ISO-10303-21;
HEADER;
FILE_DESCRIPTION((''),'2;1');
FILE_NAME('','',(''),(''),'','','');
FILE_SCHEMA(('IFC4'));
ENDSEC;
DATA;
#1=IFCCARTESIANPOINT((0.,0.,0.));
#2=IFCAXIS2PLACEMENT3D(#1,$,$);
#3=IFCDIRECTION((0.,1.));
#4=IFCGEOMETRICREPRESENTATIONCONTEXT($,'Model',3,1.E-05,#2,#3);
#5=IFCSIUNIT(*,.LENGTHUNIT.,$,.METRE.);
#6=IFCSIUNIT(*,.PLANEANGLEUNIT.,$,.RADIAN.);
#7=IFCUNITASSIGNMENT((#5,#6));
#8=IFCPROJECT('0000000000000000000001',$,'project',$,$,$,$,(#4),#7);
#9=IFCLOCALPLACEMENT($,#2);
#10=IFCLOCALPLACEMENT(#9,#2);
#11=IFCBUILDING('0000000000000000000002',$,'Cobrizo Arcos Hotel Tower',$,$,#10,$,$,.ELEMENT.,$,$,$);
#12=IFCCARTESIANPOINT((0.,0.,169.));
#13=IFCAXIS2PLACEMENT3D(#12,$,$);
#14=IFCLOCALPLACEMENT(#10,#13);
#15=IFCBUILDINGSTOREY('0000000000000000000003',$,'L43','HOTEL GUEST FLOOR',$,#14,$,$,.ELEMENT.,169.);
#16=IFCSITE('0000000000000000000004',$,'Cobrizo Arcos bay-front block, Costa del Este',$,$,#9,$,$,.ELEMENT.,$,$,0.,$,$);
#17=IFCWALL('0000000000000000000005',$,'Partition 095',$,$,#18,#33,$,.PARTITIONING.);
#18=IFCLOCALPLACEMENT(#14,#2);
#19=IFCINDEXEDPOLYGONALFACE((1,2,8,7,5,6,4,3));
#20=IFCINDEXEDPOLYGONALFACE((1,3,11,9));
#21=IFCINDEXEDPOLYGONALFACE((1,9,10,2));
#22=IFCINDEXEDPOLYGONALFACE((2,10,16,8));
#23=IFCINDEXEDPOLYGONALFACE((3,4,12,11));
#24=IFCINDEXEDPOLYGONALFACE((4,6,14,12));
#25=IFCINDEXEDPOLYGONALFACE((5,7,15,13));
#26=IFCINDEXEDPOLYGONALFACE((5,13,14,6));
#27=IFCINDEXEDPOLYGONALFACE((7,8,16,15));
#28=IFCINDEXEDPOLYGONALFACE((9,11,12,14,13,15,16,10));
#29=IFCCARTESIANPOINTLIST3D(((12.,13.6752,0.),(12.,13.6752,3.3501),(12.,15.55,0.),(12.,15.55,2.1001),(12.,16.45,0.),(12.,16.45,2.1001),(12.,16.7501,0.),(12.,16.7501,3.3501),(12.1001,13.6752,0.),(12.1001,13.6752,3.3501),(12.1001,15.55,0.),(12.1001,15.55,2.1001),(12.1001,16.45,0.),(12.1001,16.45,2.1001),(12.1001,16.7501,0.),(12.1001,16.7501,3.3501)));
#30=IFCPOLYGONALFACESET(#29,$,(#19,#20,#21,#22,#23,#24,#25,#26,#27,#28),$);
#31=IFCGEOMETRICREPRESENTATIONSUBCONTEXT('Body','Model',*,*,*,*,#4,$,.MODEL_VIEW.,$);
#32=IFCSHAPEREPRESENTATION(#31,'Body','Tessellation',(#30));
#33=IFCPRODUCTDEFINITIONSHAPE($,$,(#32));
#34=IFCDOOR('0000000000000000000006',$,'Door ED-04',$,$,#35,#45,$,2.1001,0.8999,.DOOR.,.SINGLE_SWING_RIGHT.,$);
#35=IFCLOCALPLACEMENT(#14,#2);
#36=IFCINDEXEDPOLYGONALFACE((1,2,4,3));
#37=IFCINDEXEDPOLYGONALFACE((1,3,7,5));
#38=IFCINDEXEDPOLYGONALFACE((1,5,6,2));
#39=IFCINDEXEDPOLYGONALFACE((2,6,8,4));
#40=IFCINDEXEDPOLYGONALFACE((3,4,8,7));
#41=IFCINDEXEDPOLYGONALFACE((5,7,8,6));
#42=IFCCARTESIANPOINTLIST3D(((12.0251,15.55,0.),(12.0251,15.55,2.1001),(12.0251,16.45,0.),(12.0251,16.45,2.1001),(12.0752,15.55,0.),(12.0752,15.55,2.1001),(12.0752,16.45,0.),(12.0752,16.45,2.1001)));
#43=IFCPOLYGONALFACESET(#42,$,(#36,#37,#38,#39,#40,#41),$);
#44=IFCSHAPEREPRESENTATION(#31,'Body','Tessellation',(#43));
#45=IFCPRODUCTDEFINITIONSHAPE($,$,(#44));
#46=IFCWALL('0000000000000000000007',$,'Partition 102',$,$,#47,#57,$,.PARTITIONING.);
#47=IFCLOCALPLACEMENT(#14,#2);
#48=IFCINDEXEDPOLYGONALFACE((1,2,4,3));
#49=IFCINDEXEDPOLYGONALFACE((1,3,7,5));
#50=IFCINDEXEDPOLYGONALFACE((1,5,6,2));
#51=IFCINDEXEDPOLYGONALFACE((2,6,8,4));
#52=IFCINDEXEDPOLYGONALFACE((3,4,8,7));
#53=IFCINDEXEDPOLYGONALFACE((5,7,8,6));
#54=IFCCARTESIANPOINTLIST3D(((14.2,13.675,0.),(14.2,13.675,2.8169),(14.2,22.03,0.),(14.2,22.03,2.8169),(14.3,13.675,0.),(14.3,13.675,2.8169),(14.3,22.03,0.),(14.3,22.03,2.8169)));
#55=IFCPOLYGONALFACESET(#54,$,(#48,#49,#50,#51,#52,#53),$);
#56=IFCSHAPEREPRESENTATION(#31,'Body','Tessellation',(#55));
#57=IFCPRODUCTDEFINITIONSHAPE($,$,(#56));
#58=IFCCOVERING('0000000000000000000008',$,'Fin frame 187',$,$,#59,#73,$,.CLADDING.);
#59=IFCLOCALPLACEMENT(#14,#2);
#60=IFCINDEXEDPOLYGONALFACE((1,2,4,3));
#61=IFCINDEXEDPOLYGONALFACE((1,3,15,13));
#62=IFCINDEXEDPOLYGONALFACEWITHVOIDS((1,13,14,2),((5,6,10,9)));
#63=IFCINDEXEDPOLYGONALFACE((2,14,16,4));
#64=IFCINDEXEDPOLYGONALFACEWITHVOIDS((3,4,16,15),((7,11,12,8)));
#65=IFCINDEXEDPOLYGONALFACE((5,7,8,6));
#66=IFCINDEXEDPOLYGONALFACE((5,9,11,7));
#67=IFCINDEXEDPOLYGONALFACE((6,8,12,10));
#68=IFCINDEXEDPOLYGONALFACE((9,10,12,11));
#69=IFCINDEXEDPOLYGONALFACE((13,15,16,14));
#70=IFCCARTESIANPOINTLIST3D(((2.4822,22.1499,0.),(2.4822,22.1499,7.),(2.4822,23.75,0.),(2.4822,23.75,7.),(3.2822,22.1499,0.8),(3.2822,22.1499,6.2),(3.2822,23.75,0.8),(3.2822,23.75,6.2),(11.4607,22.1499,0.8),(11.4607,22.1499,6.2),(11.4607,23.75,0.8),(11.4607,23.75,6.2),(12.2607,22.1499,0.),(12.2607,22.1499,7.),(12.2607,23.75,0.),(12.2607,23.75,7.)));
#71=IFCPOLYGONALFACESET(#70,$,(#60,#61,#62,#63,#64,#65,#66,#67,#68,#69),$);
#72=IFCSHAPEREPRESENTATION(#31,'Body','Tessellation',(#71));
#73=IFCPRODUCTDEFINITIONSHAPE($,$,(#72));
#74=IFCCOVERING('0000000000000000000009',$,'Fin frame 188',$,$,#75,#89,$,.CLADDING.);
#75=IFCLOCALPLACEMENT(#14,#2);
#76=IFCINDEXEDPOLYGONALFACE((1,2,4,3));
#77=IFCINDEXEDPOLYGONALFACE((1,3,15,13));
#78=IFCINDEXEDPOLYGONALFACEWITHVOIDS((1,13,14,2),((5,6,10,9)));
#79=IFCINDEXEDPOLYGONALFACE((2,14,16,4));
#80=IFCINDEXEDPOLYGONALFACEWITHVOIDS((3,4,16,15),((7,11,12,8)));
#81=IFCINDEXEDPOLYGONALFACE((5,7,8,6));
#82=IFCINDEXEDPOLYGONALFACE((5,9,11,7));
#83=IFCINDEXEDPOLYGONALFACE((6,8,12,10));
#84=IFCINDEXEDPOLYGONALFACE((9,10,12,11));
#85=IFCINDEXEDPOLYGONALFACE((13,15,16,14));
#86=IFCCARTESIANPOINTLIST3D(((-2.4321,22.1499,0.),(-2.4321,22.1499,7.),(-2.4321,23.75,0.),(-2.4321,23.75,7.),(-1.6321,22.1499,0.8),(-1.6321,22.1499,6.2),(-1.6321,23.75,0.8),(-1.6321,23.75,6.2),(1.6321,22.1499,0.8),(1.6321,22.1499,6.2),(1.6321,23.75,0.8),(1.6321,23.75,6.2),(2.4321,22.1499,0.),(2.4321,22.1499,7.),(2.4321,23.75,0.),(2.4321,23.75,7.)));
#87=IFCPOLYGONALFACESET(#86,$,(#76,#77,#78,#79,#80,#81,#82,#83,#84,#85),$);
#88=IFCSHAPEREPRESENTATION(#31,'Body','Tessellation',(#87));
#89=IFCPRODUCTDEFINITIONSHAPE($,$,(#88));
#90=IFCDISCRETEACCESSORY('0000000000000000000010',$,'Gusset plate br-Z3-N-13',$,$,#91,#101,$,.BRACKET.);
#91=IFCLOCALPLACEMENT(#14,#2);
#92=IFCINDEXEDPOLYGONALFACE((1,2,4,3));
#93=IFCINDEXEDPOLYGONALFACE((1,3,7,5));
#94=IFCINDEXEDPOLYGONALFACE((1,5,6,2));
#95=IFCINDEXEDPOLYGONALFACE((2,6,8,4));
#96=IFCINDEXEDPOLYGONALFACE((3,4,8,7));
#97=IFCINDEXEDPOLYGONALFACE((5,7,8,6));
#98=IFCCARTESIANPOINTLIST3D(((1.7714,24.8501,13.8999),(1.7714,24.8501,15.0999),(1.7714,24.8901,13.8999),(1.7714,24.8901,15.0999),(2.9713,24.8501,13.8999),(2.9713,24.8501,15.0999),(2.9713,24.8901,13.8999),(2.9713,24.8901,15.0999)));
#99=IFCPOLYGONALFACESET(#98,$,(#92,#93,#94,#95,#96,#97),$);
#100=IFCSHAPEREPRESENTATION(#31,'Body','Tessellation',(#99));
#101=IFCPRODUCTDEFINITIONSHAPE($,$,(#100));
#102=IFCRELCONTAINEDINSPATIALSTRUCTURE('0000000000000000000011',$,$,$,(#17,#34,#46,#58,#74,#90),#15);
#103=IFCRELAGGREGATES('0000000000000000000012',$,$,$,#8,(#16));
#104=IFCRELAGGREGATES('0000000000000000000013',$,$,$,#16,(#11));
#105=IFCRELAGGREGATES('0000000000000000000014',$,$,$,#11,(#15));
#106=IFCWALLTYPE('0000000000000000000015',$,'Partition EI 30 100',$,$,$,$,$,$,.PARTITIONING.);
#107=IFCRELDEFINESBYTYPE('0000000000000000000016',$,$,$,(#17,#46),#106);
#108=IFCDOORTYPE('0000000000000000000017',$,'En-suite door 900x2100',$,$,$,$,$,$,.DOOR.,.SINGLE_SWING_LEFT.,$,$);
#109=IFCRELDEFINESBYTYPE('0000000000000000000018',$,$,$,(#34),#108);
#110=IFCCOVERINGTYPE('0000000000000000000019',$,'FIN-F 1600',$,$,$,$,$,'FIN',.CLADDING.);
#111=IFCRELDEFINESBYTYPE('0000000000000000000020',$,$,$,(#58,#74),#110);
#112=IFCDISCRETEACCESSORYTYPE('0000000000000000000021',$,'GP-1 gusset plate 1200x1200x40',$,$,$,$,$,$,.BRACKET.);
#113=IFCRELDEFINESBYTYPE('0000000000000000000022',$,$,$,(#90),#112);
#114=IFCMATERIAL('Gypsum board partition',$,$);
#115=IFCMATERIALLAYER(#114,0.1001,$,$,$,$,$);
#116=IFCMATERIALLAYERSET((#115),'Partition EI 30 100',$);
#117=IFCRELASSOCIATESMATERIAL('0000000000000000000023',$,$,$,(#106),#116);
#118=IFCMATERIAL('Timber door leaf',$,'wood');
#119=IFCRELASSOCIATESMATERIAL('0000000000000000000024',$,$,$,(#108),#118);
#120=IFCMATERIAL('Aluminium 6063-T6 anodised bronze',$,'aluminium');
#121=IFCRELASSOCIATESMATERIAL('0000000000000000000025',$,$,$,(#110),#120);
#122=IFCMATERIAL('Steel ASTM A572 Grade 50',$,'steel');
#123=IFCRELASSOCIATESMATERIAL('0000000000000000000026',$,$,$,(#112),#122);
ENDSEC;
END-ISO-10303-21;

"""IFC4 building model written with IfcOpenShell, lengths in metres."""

from ifc_helpers import new_model, si_unit, direction, frame, frame_2d, origin, origin_2d, place, context, subcontext, project, spatial, polyline, rectangle, outline, extrude, material, layer, layer_set, type_object, element, fill, save


model = new_model("IFC4")

# Units and contexts
model_context = context("Model", 3, precision=1e-05, world=origin(), true_north=direction((0.0, 1.0)))
body_context = subcontext(model_context, "Body", "Model", "MODEL_VIEW")
ifc_project = project(units=[si_unit("LENGTHUNIT", "METRE"), si_unit("PLANEANGLEUNIT", "RADIAN")], contexts=[model_context])

# Site, building, storey
site_placement = place(None, origin())
site = spatial("IfcSite", under=ifc_project, at=site_placement, Name="Cobrizo Arcos bay-front block, Costa del Este", CompositionType="ELEMENT", RefElevation=0.0)
building_placement = place(site_placement, origin())
building = spatial("IfcBuilding", under=site, at=building_placement, Name="Cobrizo Arcos Hotel Tower", CompositionType="ELEMENT")
storey_placement = place(building_placement, frame((0.0, 0.0, 169.0)))
storey = spatial("IfcBuildingStorey", under=building, at=storey_placement, Name="L43", Description="HOTEL GUEST FLOOR", CompositionType="ELEMENT", Elevation=169.0)

# Shared definitions
ifc_material_1 = material(Name="Steel ASTM A572 Grade 50", Category="steel")

# Shared definitions
ifc_material_2 = material(Name="Aluminium 6063-T6 anodised bronze", Category="aluminium")

# Shared definitions
ifc_material_3 = material(Name="Gypsum board partition")
ifc_layer_1 = layer(ifc_material_3, 0.1001)
ifc_layer_set_1 = layer_set([ifc_layer_1], Name="Partition EI 30 100")
wall_type = type_object("IfcWallType", Name="Partition EI 30 100", PredefinedType="PARTITIONING", material=ifc_layer_set_1)

# Shared definitions
ifc_material_4 = material(Name="Timber door leaf", Category="wood")
door_type_1 = type_object("IfcDoorType", Name="En-suite door 900x2100", OperationType="SINGLE_SWING_LEFT", PredefinedType="DOOR", material=ifc_material_4)

# Wall, opening, door
wall_1_placement = place(storey_placement, frame((12.05, 13.675, 0.0), z_axis=(0.0, 0.0, 1.0), x_axis=(0.0, 1.0, 0.0)))
wall_1 = element("IfcWall", 1, at=wall_1_placement, inside=storey, type_object=wall_type, Name="Partition 095", PredefinedType="PARTITIONING", context=body_context, shape_type="SweptSolid", body=[
    extrude(rectangle(XDim=3.075, YDim=0.1001, at=frame_2d((1.5376, 0.0))), origin(), (0.0, 0.0, 1.0), 3.3501),
])
opening_1_placement = place(wall_1_placement, frame((1.875, 0.0, 0.0)))
opening_1 = element("IfcOpeningElement", 2, at=opening_1_placement, cuts=wall_1, PredefinedType="OPENING", context=body_context, shape_type="SweptSolid", body=[
    extrude(rectangle(XDim=0.8999, YDim=2.1001, at=frame_2d((0.45, 1.05))), frame((0.0, 0.062, 0.0), z_axis=(0.0, -1.0, 0.0), x_axis=(1.0, 0.0, 0.0)), (0.0, 0.0, 1.0), 0.124),
])
door_1_placement = place(opening_1_placement, origin())
door_1 = element("IfcDoor", 3, at=door_1_placement, inside=storey, type_object=door_type_1, Name="Door ED-04", OperationType="SINGLE_SWING_RIGHT", OverallHeight=2.1001, OverallWidth=0.8999, PredefinedType="DOOR", context=body_context, shape_type="SweptSolid", body=[
    extrude(rectangle(XDim=0.8999, YDim=2.1001, at=frame_2d((0.45, 1.05))), frame((0.0, 0.0249, 0.0), z_axis=(0.0, -1.0, 0.0), x_axis=(1.0, 0.0, 0.0)), (0.0, 0.0, 1.0), 0.05),
])
fill(opening_1, door_1)

# Wall
wall_2_placement = place(storey_placement, frame((14.25, 13.675, 0.0), z_axis=(0.0, 0.0, 1.0), x_axis=(0.0, 1.0, 0.0)))
element("IfcWall", 4, at=wall_2_placement, inside=storey, type_object=wall_type, Name="Partition 102", PredefinedType="PARTITIONING", context=body_context, shape_type="SweptSolid", body=[
    extrude(rectangle(XDim=8.355, YDim=0.1001, at=frame_2d((4.1775, 0.0))), origin(), (0.0, 0.0, 1.0), 2.8169),
])

# Coverings
covering_type = type_object("IfcCoveringType", Name="FIN-F 1600", ElementType="FIN", PredefinedType="CLADDING", material=ifc_material_2)
covering_1_placement = place(storey_placement, frame((12.2607, 22.1499, 0.0), z_axis=(0.0, 1.0, 0.0), x_axis=(-1.0, 0.0, 0.0)))
element("IfcCovering", 5, at=covering_1_placement, inside=storey, type_object=covering_type, Name="Fin frame 187", PredefinedType="CLADDING", context=body_context, shape_type="SweptSolid", body=[
    extrude(outline(polyline([(0.0, 7.0), (0.0, 0.0), (9.7786, 0.0), (9.7786, 7.0), (0.0, 7.0)]), holes=[polyline([(8.9785, 0.8), (0.8, 0.8), (0.8, 6.2), (8.9785, 6.2), (8.9785, 0.8)])]), origin(), (0.0, 0.0, 1.0), 1.6001),
])
covering_2_placement = place(storey_placement, frame((2.4321, 22.1499, 0.0), z_axis=(0.0, 1.0, 0.0), x_axis=(-1.0, 0.0, 0.0)))
element("IfcCovering", 6, at=covering_2_placement, inside=storey, type_object=covering_type, Name="Fin frame 188", PredefinedType="CLADDING", context=body_context, shape_type="SweptSolid", body=[
    extrude(outline(polyline([(0.0, 7.0), (0.0, 0.0), (4.8643, 0.0), (4.8643, 7.0), (0.0, 7.0)]), holes=[polyline([(4.0642, 0.8), (0.8, 0.8), (0.8, 6.2), (4.0642, 6.2), (4.0642, 0.8)])]), origin(), (0.0, 0.0, 1.0), 1.6001),
])

# Discrete accessory
discrete_accessory_type = type_object("IfcDiscreteAccessoryType", Name="GP-1 gusset plate 1200x1200x40", PredefinedType="BRACKET", material=ifc_material_1)
discrete_accessory_placement = place(storey_placement, frame((2.3713, 24.8701, 13.8999), z_axis=(0.0, 0.0, 1.0), x_axis=(1.0, 0.0, 0.0)))
element("IfcDiscreteAccessory", 7, at=discrete_accessory_placement, inside=storey, type_object=discrete_accessory_type, Name="Gusset plate br-Z3-N-13", PredefinedType="BRACKET", context=body_context, shape_type="SweptSolid", body=[
    extrude(rectangle(XDim=1.2, YDim=0.04, at=origin_2d()), origin(), (0.0, 0.0, 1.0), 1.2),
])

save(model, "model.ifc")
